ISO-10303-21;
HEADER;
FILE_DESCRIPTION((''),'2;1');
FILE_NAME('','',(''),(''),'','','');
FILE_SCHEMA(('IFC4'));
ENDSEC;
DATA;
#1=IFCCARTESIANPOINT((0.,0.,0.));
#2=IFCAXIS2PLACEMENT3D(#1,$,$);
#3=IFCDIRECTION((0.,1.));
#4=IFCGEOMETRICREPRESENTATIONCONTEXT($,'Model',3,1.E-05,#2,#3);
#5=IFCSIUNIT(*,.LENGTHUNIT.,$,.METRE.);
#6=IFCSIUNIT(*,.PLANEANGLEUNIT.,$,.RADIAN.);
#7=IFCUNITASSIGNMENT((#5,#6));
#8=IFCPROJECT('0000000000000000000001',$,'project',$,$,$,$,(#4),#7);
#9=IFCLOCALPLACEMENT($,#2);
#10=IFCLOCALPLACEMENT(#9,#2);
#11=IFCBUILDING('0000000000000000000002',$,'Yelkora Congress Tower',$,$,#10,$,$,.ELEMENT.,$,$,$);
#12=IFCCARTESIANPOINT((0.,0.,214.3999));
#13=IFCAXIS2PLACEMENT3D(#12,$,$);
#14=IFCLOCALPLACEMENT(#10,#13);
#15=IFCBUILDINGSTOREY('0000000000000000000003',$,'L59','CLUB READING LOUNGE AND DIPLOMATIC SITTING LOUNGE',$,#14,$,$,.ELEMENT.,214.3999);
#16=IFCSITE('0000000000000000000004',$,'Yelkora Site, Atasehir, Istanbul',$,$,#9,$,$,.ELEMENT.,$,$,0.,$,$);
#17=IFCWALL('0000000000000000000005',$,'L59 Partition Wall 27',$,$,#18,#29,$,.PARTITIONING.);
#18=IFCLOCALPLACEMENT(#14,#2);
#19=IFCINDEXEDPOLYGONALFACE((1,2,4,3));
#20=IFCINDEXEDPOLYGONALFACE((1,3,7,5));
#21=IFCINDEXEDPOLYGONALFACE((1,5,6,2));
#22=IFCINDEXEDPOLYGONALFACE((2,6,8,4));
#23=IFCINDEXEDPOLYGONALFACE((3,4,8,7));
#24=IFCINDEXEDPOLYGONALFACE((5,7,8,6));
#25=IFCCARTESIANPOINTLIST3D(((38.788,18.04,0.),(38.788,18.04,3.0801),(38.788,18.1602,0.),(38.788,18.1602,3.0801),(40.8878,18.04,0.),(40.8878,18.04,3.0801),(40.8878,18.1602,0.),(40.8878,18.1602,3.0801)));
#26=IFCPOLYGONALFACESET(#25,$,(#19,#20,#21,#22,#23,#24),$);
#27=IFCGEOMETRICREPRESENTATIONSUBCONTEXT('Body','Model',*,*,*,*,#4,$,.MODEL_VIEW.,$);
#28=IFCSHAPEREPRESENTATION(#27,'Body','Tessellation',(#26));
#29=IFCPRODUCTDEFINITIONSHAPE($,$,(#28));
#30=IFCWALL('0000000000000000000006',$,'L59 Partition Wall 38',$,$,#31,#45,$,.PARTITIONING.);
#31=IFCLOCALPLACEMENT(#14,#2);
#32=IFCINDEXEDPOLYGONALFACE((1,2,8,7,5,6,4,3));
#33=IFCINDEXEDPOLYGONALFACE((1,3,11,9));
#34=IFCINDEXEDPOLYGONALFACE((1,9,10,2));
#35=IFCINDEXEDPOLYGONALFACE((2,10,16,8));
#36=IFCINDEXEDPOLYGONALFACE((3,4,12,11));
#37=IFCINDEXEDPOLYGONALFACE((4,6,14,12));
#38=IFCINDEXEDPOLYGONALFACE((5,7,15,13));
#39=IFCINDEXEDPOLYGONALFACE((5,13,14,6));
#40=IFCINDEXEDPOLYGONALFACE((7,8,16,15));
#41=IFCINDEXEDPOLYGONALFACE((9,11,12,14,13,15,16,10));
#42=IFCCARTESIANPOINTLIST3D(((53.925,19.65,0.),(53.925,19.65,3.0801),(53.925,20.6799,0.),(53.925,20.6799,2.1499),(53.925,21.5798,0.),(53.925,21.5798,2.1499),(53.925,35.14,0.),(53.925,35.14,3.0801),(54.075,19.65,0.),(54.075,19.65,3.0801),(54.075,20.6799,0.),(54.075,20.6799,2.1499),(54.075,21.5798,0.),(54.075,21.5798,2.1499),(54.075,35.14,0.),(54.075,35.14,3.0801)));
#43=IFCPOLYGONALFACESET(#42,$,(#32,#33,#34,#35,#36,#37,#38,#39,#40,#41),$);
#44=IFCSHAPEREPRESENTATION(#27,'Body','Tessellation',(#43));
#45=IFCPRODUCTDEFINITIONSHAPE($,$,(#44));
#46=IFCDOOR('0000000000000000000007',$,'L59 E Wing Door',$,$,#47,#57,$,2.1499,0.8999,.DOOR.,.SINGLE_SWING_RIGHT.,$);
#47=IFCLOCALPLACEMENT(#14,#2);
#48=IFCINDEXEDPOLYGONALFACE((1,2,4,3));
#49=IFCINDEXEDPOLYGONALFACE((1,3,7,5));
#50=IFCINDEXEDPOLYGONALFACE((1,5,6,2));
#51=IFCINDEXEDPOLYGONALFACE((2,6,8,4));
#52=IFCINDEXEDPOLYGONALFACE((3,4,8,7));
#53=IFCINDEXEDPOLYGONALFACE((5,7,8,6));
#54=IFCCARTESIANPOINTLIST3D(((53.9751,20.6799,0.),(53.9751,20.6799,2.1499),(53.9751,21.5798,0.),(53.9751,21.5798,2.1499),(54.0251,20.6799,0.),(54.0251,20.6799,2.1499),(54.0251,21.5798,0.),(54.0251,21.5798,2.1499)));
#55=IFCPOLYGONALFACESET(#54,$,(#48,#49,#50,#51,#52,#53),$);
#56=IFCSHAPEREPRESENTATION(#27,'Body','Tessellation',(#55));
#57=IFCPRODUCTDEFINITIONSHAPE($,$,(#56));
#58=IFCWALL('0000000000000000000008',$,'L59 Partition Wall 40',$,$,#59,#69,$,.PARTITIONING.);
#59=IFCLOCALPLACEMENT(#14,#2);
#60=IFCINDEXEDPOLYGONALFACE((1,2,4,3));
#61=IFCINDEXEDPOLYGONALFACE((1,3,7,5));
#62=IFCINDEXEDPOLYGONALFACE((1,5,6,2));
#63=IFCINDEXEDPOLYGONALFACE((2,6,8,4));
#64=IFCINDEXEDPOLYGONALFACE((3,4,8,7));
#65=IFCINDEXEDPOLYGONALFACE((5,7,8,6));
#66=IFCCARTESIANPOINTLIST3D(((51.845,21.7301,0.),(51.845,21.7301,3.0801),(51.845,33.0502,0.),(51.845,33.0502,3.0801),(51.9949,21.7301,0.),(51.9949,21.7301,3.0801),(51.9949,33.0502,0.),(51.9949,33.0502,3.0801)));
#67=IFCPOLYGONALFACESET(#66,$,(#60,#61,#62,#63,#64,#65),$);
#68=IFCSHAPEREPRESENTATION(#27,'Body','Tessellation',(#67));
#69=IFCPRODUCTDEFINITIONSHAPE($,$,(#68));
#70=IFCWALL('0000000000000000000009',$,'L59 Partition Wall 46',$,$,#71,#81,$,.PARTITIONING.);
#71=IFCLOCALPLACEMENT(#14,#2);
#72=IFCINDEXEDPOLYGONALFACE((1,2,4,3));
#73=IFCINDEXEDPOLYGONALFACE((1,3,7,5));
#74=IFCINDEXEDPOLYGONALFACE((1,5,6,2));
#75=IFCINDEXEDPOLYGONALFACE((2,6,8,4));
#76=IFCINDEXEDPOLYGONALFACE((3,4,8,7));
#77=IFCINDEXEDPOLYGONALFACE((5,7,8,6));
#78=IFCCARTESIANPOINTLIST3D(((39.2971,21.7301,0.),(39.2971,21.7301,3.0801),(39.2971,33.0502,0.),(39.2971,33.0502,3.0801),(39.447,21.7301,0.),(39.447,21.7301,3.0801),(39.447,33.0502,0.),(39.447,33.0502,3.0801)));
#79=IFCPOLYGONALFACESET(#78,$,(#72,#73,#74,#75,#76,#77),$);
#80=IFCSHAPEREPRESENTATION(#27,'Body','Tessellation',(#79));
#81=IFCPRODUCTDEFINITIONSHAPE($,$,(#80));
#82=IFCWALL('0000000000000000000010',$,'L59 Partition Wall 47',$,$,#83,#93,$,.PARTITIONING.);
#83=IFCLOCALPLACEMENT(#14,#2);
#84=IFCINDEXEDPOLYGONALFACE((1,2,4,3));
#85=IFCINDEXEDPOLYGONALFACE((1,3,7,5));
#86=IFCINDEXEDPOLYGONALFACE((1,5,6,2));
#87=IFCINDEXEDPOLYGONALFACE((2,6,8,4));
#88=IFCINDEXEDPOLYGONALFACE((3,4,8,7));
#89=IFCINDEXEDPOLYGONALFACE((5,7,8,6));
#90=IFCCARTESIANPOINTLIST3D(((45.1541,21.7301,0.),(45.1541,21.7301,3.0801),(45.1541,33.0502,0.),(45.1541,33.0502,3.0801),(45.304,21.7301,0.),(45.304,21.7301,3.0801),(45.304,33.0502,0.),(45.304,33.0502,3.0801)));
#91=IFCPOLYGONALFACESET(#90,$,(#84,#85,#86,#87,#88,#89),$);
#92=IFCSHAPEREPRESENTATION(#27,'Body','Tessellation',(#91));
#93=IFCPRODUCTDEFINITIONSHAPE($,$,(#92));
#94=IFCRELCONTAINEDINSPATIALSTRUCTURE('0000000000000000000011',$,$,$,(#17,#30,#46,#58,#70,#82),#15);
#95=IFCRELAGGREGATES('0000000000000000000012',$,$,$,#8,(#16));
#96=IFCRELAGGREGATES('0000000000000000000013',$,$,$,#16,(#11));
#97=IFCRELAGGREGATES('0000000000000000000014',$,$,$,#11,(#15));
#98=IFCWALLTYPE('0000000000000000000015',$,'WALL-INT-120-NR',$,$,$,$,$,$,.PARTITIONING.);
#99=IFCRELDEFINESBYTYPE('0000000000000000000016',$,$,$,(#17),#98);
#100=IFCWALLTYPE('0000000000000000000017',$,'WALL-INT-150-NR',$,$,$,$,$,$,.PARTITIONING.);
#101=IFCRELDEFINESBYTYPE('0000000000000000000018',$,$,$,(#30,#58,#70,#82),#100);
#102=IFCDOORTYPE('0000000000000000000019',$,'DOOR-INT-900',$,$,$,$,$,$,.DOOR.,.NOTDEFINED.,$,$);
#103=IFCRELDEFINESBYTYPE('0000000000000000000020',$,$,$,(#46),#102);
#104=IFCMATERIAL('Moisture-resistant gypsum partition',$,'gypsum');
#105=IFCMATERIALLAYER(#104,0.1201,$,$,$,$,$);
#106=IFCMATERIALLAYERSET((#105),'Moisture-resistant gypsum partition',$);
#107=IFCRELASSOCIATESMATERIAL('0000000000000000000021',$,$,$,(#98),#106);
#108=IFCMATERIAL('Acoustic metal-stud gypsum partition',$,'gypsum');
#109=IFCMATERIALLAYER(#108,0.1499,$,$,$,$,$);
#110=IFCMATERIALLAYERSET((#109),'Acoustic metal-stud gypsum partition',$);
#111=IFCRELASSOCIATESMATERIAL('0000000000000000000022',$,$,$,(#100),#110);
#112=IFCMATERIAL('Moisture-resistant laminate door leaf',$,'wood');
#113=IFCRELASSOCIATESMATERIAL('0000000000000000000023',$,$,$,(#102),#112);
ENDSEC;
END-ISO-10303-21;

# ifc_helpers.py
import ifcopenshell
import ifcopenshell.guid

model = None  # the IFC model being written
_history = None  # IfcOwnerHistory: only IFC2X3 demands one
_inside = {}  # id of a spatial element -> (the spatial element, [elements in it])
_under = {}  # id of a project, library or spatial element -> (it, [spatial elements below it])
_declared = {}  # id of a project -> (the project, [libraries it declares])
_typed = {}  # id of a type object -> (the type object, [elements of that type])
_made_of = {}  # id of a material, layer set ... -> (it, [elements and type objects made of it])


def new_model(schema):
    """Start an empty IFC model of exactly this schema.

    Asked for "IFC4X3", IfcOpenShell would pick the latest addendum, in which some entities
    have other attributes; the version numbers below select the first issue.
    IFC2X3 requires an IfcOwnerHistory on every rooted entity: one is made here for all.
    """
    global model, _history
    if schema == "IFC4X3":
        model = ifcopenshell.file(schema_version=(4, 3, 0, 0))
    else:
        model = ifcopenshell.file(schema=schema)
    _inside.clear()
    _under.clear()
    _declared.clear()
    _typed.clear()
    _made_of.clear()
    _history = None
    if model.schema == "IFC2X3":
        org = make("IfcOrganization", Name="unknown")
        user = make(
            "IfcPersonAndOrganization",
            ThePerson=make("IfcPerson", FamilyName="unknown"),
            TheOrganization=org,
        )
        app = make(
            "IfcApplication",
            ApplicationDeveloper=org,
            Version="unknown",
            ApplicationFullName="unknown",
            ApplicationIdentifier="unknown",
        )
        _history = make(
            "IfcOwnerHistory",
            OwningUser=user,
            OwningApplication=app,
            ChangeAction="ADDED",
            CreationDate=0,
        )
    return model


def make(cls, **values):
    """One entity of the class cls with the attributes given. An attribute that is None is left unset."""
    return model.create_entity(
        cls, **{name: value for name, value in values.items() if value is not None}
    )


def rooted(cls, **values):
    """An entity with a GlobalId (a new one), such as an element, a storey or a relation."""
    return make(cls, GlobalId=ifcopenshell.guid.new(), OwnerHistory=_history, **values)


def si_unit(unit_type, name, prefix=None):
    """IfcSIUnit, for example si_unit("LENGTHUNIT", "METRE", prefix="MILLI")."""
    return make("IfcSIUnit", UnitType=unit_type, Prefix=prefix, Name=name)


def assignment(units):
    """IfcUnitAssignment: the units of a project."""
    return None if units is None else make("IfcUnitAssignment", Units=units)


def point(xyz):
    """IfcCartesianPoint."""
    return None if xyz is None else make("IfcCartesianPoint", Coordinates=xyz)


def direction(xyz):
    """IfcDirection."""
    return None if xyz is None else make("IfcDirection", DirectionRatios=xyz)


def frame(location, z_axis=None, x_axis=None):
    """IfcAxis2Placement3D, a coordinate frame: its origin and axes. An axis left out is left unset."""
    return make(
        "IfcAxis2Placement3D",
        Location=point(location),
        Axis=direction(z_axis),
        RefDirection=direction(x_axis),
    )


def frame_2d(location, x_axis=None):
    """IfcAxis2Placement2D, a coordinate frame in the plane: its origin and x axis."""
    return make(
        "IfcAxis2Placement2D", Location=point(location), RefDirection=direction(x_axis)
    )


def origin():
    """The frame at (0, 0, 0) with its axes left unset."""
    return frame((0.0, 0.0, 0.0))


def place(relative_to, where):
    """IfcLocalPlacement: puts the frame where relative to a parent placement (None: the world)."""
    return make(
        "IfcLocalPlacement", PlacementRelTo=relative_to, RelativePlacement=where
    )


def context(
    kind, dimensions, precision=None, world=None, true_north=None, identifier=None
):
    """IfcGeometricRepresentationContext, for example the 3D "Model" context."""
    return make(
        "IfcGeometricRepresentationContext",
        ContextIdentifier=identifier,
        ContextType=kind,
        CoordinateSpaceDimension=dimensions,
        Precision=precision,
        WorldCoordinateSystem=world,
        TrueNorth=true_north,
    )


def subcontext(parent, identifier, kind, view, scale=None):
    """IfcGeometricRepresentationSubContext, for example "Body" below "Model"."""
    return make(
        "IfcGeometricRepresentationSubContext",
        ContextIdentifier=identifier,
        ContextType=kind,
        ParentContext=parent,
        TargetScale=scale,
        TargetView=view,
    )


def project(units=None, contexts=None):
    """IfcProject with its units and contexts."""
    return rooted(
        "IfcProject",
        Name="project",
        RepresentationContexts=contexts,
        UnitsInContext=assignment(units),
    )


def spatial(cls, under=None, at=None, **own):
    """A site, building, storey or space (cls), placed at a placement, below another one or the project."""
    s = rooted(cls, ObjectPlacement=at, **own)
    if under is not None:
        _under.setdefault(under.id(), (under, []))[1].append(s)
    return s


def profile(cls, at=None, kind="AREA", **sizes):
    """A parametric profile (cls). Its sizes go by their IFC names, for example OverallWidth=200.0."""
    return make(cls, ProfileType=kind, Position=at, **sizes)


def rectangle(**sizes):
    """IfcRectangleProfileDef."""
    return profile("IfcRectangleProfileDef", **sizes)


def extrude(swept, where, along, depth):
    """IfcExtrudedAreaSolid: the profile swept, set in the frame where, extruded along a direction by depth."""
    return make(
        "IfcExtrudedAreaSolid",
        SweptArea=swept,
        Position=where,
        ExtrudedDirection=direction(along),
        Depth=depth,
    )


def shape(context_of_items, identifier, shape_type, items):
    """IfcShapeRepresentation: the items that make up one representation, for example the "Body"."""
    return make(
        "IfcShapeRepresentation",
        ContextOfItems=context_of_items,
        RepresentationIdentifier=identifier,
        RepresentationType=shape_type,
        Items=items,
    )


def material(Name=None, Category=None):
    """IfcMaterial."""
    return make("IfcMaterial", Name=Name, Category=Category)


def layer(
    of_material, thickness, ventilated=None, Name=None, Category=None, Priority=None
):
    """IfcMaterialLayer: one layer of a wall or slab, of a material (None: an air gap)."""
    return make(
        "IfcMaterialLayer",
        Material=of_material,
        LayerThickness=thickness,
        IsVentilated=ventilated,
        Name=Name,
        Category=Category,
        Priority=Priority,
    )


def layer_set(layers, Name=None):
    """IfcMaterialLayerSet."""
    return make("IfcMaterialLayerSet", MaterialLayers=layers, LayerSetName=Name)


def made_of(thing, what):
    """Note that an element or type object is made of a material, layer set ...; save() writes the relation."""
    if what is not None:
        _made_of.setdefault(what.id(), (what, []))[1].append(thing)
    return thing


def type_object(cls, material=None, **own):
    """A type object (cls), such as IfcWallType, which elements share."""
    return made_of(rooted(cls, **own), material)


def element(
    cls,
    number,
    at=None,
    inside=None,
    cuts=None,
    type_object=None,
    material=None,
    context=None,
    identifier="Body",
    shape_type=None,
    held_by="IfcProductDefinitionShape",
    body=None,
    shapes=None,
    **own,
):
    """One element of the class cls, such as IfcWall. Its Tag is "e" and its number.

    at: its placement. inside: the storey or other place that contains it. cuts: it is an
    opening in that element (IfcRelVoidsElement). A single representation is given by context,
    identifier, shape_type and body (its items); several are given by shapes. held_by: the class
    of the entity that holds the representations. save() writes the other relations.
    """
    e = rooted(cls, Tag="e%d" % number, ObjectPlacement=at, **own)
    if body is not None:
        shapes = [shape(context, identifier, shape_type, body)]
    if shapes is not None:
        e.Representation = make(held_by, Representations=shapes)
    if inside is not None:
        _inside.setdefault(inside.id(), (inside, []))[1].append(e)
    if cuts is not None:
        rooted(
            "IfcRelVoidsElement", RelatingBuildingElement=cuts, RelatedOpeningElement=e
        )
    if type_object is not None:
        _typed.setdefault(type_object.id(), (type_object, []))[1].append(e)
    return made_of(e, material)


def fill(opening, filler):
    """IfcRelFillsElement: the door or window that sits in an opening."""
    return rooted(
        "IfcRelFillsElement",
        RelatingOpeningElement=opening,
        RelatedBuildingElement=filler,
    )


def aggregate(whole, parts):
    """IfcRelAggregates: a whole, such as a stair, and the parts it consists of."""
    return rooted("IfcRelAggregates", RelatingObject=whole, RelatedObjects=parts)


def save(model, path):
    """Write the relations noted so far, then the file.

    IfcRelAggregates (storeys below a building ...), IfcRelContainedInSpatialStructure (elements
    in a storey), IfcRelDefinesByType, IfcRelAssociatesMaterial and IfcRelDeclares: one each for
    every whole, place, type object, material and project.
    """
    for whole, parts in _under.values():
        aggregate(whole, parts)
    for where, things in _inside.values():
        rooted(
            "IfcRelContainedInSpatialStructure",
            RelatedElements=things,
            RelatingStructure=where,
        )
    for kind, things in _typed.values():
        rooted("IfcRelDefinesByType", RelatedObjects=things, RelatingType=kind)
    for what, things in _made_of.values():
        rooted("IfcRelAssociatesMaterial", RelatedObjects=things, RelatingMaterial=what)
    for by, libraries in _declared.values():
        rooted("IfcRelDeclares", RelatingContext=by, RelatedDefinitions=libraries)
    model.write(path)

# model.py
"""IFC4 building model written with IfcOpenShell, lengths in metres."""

from ifc_helpers import new_model, si_unit, direction, frame, frame_2d, origin, place, context, subcontext, project, spatial, rectangle, extrude, material, layer, layer_set, type_object, element, fill, save


model = new_model("IFC4")

# Units and contexts
model_context = context("Model", 3, precision=1e-05, world=origin(), true_north=direction((0.0, 1.0)))
body_context = subcontext(model_context, "Body", "Model", "MODEL_VIEW")
ifc_project = project(units=[si_unit("LENGTHUNIT", "METRE"), si_unit("PLANEANGLEUNIT", "RADIAN")], contexts=[model_context])

# Site, building, storey
site_placement = place(None, origin())
site = spatial("IfcSite", under=ifc_project, at=site_placement, Name="Yelkora Site, Atasehir, Istanbul", CompositionType="ELEMENT", RefElevation=0.0)
building_placement = place(site_placement, origin())
building = spatial("IfcBuilding", under=site, at=building_placement, Name="Yelkora Congress Tower", CompositionType="ELEMENT")
storey_placement = place(building_placement, frame((0.0, 0.0, 214.3999)))
storey = spatial("IfcBuildingStorey", under=building, at=storey_placement, Name="L59", Description="CLUB READING LOUNGE AND DIPLOMATIC SITTING LOUNGE", CompositionType="ELEMENT", Elevation=214.3999)

# Wall
ifc_material_1 = material(Name="Moisture-resistant gypsum partition", Category="gypsum")
ifc_layer_1 = layer(ifc_material_1, 0.1201)
ifc_layer_set_1 = layer_set([ifc_layer_1], Name="Moisture-resistant gypsum partition")
wall_type_1 = type_object("IfcWallType", Name="WALL-INT-120-NR", PredefinedType="PARTITIONING", material=ifc_layer_set_1)
wall_1_placement = place(storey_placement, frame((38.7881, 18.1001, 0.0), z_axis=(0.0, 0.0, 1.0), x_axis=(1.0, 0.0, 0.0)))
element("IfcWall", 1, at=wall_1_placement, inside=storey, type_object=wall_type_1, Name="L59 Partition Wall 27", PredefinedType="PARTITIONING", context=body_context, shape_type="SweptSolid", body=[
    extrude(rectangle(XDim=2.0999, YDim=0.1201, at=frame_2d((1.0498, 0.0))), origin(), (0.0, 0.0, 1.0), 3.0801),
])

# Wall, opening, door
ifc_material_2 = material(Name="Acoustic metal-stud gypsum partition", Category="gypsum")
ifc_layer_2 = layer(ifc_material_2, 0.1499)
ifc_layer_set_2 = layer_set([ifc_layer_2], Name="Acoustic metal-stud gypsum partition")
wall_type_2 = type_object("IfcWallType", Name="WALL-INT-150-NR", PredefinedType="PARTITIONING", material=ifc_layer_set_2)
wall_2_placement = place(storey_placement, frame((54.0, 19.6499, 0.0), z_axis=(0.0, 0.0, 1.0), x_axis=(0.0, 1.0, 0.0)))
wall_2 = element("IfcWall", 2, at=wall_2_placement, inside=storey, type_object=wall_type_2, Name="L59 Partition Wall 38", PredefinedType="PARTITIONING", context=body_context, shape_type="SweptSolid", body=[
    extrude(rectangle(XDim=15.49, YDim=0.1499, at=frame_2d((7.7451, 0.0))), origin(), (0.0, 0.0, 1.0), 3.0801),
])
opening_1_placement = place(wall_2_placement, frame((1.03, 0.0, 0.0)))
opening_1 = element("IfcOpeningElement", 3, at=opening_1_placement, cuts=wall_2, PredefinedType="OPENING", context=body_context, shape_type="SweptSolid", body=[
    extrude(rectangle(XDim=0.8999, YDim=2.1499, at=frame_2d((0.45, 1.075))), frame((0.0, 0.085, 0.0), z_axis=(0.0, -1.0, 0.0), x_axis=(1.0, 0.0, 0.0)), (0.0, 0.0, 1.0), 0.1699),
])
ifc_material_3 = material(Name="Moisture-resistant laminate door leaf", Category="wood")
door_type_1 = type_object("IfcDoorType", Name="DOOR-INT-900", OperationType="NOTDEFINED", PredefinedType="DOOR", material=ifc_material_3)
door_1_placement = place(opening_1_placement, origin())
door_1 = element("IfcDoor", 4, at=door_1_placement, inside=storey, type_object=door_type_1, Name="L59 E Wing Door", OperationType="SINGLE_SWING_RIGHT", OverallHeight=2.1499, OverallWidth=0.8999, PredefinedType="DOOR", context=body_context, shape_type="SweptSolid", body=[
    extrude(rectangle(XDim=0.8999, YDim=2.1499, at=frame_2d((0.45, 1.075))), frame((0.0, 0.0249, 0.0), z_axis=(0.0, -1.0, 0.0), x_axis=(1.0, 0.0, 0.0)), (0.0, 0.0, 1.0), 0.05),
])
fill(opening_1, door_1)

# Walls
for number, where, z_axis, x_axis, name in (
    (5, (51.9199, 21.73, 0.0), (0.0, 0.0, 1.0), (0.0, 1.0, 0.0), "L59 Partition Wall 40"),
    (6, (39.3721, 21.73, 0.0), (0.0, 0.0, 1.0), (0.0, 1.0, 0.0), "L59 Partition Wall 46"),
    (7, (45.229, 21.73, 0.0), (0.0, 0.0, 1.0), (0.0, 1.0, 0.0), "L59 Partition Wall 47"),
):
    element("IfcWall", number, at=place(storey_placement, frame(where, z_axis=z_axis, x_axis=x_axis)), inside=storey, type_object=wall_type_2, Name=name, PredefinedType="PARTITIONING", context=body_context, shape_type="SweptSolid", body=[
        extrude(rectangle(XDim=11.3201, YDim=0.1499, at=frame_2d((5.6602, 0.0))), origin(), (0.0, 0.0, 1.0), 3.0801),
    ])

save(model, "model.ifc")
